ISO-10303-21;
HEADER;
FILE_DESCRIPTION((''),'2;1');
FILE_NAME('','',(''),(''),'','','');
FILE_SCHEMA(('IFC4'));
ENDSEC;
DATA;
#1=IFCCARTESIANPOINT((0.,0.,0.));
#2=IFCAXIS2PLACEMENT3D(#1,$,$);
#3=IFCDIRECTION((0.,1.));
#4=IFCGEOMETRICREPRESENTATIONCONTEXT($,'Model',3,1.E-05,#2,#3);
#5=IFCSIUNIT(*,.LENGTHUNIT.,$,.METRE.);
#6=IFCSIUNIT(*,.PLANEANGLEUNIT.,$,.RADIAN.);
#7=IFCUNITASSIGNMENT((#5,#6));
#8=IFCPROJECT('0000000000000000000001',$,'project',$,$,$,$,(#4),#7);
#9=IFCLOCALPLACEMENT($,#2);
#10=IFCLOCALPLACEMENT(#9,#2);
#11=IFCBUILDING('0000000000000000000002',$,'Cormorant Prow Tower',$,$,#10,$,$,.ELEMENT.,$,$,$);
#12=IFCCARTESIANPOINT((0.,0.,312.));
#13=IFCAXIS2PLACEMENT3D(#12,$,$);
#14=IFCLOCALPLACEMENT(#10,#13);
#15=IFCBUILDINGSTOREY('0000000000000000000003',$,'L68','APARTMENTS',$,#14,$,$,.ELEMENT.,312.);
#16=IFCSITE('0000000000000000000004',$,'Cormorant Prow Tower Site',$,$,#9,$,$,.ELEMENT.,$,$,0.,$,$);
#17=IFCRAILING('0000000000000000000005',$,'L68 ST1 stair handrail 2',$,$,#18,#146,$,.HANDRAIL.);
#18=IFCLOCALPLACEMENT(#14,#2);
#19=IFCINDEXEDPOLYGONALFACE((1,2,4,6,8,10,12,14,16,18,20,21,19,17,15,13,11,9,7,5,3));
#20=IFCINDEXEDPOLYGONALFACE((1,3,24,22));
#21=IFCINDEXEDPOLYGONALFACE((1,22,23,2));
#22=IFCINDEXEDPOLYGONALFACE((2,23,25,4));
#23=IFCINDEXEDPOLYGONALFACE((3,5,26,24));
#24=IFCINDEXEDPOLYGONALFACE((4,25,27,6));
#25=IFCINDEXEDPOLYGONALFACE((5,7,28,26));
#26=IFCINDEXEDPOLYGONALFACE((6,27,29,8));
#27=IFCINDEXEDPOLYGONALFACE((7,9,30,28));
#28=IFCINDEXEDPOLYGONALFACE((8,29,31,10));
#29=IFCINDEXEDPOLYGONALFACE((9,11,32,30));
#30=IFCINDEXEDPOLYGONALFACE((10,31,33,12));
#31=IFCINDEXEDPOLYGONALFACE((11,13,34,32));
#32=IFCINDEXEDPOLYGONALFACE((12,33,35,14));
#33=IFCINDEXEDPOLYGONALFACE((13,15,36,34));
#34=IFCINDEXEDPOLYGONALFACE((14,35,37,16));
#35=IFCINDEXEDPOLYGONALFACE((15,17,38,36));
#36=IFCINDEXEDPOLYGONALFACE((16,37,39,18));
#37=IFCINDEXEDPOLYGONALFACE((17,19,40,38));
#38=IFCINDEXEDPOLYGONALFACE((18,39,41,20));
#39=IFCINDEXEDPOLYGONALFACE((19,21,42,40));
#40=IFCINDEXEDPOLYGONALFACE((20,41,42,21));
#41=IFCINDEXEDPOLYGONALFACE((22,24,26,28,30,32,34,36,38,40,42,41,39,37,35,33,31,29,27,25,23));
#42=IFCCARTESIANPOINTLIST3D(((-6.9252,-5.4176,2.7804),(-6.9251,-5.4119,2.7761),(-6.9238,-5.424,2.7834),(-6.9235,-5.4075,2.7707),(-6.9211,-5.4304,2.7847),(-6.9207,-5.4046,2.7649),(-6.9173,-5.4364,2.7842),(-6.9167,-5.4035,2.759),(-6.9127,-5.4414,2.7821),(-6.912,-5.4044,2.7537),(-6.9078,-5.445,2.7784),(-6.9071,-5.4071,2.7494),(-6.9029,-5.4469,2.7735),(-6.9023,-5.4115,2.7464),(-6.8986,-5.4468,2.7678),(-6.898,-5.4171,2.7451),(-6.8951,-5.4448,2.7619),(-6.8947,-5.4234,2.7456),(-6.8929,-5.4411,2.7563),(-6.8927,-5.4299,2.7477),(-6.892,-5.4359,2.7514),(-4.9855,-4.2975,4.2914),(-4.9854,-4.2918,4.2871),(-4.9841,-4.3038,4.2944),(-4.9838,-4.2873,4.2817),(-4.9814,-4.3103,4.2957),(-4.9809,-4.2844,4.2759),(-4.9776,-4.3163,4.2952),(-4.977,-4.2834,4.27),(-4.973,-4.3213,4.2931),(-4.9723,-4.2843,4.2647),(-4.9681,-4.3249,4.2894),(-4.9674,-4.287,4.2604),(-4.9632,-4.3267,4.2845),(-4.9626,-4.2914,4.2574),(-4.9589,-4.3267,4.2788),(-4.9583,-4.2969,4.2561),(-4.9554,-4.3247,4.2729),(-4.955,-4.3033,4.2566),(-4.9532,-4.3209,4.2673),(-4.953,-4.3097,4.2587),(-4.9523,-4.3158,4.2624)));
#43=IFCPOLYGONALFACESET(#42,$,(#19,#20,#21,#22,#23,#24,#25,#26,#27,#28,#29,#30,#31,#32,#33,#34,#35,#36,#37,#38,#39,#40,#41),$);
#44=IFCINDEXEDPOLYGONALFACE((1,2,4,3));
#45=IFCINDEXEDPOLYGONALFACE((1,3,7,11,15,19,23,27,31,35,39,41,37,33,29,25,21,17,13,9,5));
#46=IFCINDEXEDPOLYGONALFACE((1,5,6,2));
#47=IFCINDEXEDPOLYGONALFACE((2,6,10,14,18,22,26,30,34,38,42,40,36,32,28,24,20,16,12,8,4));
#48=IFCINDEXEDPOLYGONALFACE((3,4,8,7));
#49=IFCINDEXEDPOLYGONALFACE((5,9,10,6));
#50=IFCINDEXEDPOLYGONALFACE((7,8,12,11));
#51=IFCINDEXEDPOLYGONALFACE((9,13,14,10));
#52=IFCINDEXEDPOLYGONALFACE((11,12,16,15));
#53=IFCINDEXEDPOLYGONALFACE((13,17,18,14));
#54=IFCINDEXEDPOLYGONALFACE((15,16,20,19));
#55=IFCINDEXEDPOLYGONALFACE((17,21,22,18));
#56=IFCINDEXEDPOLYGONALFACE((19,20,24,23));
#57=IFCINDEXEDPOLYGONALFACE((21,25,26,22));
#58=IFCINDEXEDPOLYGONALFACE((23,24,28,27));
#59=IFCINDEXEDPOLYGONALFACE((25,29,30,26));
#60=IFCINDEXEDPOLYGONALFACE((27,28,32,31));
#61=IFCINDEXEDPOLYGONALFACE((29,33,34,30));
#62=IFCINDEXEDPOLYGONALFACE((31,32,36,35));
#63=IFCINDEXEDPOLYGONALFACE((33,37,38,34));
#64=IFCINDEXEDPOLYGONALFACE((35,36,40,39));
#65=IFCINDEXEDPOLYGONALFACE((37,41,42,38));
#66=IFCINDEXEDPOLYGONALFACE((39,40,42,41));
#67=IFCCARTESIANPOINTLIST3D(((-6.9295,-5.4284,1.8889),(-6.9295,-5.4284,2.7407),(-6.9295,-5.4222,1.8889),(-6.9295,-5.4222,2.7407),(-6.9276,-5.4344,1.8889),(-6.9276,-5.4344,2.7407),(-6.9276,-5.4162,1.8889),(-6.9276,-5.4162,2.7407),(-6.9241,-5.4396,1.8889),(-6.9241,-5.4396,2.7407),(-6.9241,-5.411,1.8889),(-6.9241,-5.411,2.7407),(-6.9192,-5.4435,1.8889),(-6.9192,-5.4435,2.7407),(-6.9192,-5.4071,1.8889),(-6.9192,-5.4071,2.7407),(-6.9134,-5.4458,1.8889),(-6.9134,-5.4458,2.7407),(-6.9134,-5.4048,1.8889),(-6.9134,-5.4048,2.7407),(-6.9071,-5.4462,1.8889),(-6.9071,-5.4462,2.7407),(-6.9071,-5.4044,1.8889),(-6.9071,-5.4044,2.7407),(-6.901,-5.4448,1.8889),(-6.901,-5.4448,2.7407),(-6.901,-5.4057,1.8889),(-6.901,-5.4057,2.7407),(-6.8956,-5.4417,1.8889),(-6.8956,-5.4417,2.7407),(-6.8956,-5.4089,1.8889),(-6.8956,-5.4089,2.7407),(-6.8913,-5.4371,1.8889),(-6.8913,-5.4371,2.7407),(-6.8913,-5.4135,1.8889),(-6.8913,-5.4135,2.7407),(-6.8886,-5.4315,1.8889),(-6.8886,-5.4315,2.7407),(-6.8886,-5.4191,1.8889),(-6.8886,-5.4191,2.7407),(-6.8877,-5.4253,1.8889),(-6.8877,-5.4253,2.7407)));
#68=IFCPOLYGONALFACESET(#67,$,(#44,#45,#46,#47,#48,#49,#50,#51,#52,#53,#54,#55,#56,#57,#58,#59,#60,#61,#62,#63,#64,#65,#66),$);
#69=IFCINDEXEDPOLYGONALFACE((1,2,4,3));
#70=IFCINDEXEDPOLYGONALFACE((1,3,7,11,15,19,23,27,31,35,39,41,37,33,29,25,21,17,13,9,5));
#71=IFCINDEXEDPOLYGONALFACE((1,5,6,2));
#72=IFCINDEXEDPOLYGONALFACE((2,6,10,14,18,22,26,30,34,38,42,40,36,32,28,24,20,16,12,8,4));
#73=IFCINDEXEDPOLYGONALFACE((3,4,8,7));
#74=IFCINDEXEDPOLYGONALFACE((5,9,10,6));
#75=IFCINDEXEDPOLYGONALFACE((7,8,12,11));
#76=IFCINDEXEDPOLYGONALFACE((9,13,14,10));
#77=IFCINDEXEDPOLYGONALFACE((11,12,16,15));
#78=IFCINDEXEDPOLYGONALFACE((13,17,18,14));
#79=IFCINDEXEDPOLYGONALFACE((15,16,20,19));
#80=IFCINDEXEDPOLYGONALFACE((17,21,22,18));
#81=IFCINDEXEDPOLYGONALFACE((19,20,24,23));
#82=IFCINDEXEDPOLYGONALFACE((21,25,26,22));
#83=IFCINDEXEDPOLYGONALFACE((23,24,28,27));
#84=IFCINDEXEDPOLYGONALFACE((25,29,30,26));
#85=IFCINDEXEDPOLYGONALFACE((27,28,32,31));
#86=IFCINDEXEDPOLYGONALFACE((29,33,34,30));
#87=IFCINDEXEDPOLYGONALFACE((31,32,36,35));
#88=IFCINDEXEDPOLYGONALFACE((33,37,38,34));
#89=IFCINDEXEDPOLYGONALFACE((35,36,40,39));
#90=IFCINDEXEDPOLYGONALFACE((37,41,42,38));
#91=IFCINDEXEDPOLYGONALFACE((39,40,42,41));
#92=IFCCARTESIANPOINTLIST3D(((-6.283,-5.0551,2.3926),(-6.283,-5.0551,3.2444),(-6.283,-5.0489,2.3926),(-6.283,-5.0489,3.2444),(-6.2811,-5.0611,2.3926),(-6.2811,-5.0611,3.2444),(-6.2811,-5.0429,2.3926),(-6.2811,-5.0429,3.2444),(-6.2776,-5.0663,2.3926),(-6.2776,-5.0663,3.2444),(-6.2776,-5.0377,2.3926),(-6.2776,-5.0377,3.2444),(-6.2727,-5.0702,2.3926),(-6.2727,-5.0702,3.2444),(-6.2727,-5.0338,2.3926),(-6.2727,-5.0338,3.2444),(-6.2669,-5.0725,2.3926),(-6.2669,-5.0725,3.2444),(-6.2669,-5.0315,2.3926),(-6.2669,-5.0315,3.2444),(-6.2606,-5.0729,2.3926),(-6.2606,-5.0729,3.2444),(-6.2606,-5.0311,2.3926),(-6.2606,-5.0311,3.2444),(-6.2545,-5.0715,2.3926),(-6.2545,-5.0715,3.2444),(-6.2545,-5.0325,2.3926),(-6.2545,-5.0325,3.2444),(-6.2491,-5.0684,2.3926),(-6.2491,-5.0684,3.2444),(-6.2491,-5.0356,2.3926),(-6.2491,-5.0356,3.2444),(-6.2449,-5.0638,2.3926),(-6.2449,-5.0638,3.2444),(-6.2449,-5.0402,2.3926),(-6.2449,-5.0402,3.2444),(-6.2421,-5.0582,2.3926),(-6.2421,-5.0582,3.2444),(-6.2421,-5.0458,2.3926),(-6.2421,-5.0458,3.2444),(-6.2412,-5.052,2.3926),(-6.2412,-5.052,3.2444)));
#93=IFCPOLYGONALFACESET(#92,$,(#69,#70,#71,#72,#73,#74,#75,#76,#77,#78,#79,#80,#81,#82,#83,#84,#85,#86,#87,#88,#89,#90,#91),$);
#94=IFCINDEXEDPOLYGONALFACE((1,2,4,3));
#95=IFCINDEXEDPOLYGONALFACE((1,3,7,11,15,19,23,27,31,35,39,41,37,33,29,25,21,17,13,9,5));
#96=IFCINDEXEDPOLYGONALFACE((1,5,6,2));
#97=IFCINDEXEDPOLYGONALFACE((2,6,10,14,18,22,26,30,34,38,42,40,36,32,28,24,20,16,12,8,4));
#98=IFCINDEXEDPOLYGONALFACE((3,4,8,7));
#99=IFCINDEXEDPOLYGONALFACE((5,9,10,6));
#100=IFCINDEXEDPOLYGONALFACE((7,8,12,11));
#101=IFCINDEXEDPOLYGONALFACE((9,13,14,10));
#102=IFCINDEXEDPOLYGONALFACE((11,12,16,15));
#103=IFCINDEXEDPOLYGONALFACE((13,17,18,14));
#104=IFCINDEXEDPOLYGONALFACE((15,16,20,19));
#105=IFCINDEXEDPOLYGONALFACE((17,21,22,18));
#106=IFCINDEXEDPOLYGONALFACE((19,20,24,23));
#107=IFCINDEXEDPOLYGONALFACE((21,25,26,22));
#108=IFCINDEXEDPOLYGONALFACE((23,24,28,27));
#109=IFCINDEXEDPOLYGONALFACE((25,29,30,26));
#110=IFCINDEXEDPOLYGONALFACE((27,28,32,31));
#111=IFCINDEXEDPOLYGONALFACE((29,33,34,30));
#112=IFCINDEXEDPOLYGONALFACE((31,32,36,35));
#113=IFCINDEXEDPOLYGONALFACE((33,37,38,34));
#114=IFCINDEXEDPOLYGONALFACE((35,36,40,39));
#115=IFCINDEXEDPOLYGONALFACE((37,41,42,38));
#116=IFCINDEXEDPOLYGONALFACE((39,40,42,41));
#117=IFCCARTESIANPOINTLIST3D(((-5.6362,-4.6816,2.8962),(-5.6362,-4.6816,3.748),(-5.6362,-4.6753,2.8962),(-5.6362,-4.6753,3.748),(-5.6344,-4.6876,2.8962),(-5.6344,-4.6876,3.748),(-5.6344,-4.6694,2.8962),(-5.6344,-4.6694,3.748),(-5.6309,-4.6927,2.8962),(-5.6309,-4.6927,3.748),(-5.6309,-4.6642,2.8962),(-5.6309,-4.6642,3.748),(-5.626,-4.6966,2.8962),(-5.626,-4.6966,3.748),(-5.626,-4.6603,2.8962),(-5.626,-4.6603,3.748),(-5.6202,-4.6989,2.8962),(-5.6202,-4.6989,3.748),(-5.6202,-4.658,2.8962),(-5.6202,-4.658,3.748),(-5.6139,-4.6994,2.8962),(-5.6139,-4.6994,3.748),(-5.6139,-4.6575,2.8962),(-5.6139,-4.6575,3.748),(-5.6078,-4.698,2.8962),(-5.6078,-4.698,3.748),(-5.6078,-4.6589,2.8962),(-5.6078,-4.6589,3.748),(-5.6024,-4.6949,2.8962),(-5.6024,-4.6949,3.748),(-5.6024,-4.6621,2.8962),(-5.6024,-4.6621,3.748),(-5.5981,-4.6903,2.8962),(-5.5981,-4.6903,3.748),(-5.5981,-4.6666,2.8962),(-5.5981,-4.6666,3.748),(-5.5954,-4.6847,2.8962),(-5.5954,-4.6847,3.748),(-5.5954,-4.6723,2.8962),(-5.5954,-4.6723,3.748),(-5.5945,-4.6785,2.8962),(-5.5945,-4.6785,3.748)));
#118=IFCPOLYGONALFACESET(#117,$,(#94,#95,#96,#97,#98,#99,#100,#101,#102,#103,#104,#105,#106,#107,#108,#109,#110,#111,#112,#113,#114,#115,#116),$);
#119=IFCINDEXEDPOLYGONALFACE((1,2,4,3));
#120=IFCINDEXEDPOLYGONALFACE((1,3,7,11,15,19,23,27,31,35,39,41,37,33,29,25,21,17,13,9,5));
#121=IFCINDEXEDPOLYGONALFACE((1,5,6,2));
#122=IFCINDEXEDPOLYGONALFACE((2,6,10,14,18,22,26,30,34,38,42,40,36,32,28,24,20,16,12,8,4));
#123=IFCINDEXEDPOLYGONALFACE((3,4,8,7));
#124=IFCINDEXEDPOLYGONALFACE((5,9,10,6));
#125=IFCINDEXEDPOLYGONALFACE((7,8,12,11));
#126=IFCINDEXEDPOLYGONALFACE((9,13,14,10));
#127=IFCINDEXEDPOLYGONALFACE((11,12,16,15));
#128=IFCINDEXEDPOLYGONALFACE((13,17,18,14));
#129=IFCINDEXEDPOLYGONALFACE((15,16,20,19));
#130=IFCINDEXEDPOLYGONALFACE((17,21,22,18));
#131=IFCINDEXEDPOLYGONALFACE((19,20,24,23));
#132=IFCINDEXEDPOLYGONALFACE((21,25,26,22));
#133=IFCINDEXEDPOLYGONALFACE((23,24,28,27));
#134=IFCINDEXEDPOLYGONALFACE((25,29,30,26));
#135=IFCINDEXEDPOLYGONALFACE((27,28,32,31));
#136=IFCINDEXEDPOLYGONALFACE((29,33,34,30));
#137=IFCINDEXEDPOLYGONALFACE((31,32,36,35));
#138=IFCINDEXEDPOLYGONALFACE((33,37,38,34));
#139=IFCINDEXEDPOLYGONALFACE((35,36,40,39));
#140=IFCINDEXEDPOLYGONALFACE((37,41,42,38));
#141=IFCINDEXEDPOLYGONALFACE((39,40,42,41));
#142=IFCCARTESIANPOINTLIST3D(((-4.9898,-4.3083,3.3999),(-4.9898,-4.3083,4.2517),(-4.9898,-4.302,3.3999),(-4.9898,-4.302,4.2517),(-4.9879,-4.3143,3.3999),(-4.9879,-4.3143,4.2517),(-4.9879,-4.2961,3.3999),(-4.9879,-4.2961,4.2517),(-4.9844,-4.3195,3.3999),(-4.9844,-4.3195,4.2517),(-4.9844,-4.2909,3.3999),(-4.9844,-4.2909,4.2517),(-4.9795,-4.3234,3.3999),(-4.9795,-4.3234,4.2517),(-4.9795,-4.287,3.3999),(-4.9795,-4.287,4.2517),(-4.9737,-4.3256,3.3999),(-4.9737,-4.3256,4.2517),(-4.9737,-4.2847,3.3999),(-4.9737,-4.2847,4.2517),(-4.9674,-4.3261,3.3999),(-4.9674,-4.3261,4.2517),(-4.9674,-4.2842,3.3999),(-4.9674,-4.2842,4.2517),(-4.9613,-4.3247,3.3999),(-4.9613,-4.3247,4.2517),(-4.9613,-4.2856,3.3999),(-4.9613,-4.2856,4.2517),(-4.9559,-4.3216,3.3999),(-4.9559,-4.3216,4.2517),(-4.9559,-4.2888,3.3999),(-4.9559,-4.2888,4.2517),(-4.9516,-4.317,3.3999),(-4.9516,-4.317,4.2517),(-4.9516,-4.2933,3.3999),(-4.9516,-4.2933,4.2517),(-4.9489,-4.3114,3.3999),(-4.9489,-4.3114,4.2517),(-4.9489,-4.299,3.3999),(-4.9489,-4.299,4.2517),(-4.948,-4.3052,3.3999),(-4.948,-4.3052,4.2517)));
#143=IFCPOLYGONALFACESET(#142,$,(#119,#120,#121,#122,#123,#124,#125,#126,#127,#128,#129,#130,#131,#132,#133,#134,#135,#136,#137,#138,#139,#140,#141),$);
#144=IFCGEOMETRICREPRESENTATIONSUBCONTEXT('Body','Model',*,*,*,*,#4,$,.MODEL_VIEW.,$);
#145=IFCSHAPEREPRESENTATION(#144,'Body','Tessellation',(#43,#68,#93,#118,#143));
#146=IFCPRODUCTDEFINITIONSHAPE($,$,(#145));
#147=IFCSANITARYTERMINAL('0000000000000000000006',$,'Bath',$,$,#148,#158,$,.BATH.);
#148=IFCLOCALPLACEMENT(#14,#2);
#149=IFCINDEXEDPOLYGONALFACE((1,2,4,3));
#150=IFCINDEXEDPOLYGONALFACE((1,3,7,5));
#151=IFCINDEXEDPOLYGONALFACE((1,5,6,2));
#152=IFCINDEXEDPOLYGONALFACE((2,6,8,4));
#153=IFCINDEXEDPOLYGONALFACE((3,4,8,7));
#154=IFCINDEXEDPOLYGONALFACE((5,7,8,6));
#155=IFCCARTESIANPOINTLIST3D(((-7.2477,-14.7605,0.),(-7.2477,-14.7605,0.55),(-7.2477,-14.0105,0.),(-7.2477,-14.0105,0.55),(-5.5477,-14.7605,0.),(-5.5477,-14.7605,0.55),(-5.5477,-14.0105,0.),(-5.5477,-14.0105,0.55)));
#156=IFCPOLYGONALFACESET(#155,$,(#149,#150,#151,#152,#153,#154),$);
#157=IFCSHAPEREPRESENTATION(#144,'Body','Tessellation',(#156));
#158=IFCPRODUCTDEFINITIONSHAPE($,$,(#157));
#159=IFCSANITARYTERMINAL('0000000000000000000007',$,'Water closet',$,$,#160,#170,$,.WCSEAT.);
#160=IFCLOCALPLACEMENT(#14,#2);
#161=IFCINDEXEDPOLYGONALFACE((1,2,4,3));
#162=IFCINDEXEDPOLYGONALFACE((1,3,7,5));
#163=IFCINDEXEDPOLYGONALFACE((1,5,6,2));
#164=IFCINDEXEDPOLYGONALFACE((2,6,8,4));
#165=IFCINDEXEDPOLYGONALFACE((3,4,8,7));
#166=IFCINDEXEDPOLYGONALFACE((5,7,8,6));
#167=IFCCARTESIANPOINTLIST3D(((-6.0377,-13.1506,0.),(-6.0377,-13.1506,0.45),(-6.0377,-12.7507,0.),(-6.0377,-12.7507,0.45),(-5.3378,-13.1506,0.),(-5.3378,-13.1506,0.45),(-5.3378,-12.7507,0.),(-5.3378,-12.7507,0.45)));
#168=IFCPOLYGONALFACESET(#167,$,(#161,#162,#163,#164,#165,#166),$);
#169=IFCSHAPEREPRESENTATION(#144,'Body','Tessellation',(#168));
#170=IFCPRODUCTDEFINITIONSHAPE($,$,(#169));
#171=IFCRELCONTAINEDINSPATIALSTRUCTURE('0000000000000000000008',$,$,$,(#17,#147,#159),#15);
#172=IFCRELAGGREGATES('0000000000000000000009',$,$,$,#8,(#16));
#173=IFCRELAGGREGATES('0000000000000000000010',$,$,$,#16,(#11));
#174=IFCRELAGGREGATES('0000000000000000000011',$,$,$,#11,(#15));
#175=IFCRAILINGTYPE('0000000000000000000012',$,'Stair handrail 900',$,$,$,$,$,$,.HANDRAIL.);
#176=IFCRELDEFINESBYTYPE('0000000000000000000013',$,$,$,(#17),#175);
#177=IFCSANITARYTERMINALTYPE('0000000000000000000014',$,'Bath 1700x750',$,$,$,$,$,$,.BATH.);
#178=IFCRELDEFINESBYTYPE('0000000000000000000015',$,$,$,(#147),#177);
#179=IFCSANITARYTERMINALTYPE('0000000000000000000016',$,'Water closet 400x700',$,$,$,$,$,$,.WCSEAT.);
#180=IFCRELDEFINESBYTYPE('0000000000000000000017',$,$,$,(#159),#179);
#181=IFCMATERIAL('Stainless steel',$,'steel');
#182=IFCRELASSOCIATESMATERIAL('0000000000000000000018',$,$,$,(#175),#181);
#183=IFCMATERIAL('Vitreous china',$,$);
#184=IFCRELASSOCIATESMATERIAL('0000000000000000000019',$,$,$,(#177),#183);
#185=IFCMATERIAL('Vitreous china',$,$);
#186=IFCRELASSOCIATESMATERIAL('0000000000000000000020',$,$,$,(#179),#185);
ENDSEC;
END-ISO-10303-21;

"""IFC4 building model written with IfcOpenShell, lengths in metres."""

from ifc_helpers import new_model, si_unit, direction, frame, origin, origin_2d, place, context, subcontext, project, spatial, rectangle, circle, extrude, material, type_object, element, save


model = new_model("IFC4")

# Units and contexts
model_context = context("Model", 3, precision=1e-05, world=origin(), true_north=direction((0.0, 1.0)))
body_context = subcontext(model_context, "Body", "Model", "MODEL_VIEW")
ifc_project = project(units=[si_unit("LENGTHUNIT", "METRE"), si_unit("PLANEANGLEUNIT", "RADIAN")], contexts=[model_context])

# Site, building, storey
site_placement = place(None, origin())
site = spatial("IfcSite", under=ifc_project, at=site_placement, Name="Cormorant Prow Tower Site", CompositionType="ELEMENT", RefElevation=0.0)
building_placement = place(site_placement, origin())
building = spatial("IfcBuilding", under=site, at=building_placement, Name="Cormorant Prow Tower", CompositionType="ELEMENT")
storey_placement = place(building_placement, frame((0.0, 0.0, 312.0)))
storey = spatial("IfcBuildingStorey", under=building, at=storey_placement, Name="L68", Description="APARTMENTS", CompositionType="ELEMENT", Elevation=312.0)

# Railing
ifc_material_1 = material(Name="Stainless steel", Category="steel")
railing_type_1 = type_object("IfcRailingType", Name="Stair handrail 900", PredefinedType="HANDRAIL", material=ifc_material_1)
railing_1_placement = place(storey_placement, frame((-6.9087, -5.4253, 1.8889)))
element("IfcRailing", 1, at=railing_1_placement, inside=storey, type_object=railing_type_1, Name="L68 ST1 stair handrail 2", PredefinedType="HANDRAIL", context=body_context, shape_type="SweptSolid", body=[
    extrude(circle(Radius=0.0239, at=origin_2d()), frame((0.0, 0.0, 0.876), z_axis=(0.717906, 0.414569, 0.559235), x_axis=(-0.500078, 0.86598, 0.0)), (0.0, 0.0, 1.0), 2.7019),
    extrude(circle(Radius=0.021, at=origin_2d()), origin(), (0.0, 0.0, 1.0), 0.8518),
    extrude(circle(Radius=0.021, at=origin_2d()), frame((0.6465, 0.3733, 0.5037)), (0.0, 0.0, 1.0), 0.8518),
    extrude(circle(Radius=0.021, at=origin_2d()), frame((1.2932, 0.7468, 1.0073)), (0.0, 0.0, 1.0), 0.8518),
    extrude(circle(Radius=0.021, at=origin_2d()), frame((1.9397, 1.1201, 1.511)), (0.0, 0.0, 1.0), 0.8518),
])

# Sanitary terminals
ifc_material_2 = material(Name="Vitreous china")
sanitary_terminal_type_1 = type_object("IfcSanitaryTerminalType", Name="Bath 1700x750", PredefinedType="BATH", material=ifc_material_2)
sanitary_terminal_1_placement = place(storey_placement, frame((-6.3977, -14.3855, 0.0), z_axis=(0.0, 0.0, 1.0), x_axis=(1.0, 0.0, 0.0)))
element("IfcSanitaryTerminal", 2, at=sanitary_terminal_1_placement, inside=storey, type_object=sanitary_terminal_type_1, Name="Bath", PredefinedType="BATH", context=body_context, shape_type="SweptSolid", body=[
    extrude(rectangle(XDim=1.7, YDim=0.75, at=origin_2d()), origin(), (0.0, 0.0, 1.0), 0.55),
])
ifc_material_3 = material(Name="Vitreous china")
sanitary_terminal_type_2 = type_object("IfcSanitaryTerminalType", Name="Water closet 400x700", PredefinedType="WCSEAT", material=ifc_material_3)
sanitary_terminal_2_placement = place(storey_placement, frame((-5.6877, -12.9507, 0.0), z_axis=(0.0, 0.0, 1.0), x_axis=(0.0, -1.0, 0.0)))
element("IfcSanitaryTerminal", 3, at=sanitary_terminal_2_placement, inside=storey, type_object=sanitary_terminal_type_2, Name="Water closet", PredefinedType="WCSEAT", context=body_context, shape_type="SweptSolid", body=[
    extrude(rectangle(XDim=0.3999, YDim=0.7, at=origin_2d()), origin(), (0.0, 0.0, 1.0), 0.45),
])

save(model, "model.ifc")
